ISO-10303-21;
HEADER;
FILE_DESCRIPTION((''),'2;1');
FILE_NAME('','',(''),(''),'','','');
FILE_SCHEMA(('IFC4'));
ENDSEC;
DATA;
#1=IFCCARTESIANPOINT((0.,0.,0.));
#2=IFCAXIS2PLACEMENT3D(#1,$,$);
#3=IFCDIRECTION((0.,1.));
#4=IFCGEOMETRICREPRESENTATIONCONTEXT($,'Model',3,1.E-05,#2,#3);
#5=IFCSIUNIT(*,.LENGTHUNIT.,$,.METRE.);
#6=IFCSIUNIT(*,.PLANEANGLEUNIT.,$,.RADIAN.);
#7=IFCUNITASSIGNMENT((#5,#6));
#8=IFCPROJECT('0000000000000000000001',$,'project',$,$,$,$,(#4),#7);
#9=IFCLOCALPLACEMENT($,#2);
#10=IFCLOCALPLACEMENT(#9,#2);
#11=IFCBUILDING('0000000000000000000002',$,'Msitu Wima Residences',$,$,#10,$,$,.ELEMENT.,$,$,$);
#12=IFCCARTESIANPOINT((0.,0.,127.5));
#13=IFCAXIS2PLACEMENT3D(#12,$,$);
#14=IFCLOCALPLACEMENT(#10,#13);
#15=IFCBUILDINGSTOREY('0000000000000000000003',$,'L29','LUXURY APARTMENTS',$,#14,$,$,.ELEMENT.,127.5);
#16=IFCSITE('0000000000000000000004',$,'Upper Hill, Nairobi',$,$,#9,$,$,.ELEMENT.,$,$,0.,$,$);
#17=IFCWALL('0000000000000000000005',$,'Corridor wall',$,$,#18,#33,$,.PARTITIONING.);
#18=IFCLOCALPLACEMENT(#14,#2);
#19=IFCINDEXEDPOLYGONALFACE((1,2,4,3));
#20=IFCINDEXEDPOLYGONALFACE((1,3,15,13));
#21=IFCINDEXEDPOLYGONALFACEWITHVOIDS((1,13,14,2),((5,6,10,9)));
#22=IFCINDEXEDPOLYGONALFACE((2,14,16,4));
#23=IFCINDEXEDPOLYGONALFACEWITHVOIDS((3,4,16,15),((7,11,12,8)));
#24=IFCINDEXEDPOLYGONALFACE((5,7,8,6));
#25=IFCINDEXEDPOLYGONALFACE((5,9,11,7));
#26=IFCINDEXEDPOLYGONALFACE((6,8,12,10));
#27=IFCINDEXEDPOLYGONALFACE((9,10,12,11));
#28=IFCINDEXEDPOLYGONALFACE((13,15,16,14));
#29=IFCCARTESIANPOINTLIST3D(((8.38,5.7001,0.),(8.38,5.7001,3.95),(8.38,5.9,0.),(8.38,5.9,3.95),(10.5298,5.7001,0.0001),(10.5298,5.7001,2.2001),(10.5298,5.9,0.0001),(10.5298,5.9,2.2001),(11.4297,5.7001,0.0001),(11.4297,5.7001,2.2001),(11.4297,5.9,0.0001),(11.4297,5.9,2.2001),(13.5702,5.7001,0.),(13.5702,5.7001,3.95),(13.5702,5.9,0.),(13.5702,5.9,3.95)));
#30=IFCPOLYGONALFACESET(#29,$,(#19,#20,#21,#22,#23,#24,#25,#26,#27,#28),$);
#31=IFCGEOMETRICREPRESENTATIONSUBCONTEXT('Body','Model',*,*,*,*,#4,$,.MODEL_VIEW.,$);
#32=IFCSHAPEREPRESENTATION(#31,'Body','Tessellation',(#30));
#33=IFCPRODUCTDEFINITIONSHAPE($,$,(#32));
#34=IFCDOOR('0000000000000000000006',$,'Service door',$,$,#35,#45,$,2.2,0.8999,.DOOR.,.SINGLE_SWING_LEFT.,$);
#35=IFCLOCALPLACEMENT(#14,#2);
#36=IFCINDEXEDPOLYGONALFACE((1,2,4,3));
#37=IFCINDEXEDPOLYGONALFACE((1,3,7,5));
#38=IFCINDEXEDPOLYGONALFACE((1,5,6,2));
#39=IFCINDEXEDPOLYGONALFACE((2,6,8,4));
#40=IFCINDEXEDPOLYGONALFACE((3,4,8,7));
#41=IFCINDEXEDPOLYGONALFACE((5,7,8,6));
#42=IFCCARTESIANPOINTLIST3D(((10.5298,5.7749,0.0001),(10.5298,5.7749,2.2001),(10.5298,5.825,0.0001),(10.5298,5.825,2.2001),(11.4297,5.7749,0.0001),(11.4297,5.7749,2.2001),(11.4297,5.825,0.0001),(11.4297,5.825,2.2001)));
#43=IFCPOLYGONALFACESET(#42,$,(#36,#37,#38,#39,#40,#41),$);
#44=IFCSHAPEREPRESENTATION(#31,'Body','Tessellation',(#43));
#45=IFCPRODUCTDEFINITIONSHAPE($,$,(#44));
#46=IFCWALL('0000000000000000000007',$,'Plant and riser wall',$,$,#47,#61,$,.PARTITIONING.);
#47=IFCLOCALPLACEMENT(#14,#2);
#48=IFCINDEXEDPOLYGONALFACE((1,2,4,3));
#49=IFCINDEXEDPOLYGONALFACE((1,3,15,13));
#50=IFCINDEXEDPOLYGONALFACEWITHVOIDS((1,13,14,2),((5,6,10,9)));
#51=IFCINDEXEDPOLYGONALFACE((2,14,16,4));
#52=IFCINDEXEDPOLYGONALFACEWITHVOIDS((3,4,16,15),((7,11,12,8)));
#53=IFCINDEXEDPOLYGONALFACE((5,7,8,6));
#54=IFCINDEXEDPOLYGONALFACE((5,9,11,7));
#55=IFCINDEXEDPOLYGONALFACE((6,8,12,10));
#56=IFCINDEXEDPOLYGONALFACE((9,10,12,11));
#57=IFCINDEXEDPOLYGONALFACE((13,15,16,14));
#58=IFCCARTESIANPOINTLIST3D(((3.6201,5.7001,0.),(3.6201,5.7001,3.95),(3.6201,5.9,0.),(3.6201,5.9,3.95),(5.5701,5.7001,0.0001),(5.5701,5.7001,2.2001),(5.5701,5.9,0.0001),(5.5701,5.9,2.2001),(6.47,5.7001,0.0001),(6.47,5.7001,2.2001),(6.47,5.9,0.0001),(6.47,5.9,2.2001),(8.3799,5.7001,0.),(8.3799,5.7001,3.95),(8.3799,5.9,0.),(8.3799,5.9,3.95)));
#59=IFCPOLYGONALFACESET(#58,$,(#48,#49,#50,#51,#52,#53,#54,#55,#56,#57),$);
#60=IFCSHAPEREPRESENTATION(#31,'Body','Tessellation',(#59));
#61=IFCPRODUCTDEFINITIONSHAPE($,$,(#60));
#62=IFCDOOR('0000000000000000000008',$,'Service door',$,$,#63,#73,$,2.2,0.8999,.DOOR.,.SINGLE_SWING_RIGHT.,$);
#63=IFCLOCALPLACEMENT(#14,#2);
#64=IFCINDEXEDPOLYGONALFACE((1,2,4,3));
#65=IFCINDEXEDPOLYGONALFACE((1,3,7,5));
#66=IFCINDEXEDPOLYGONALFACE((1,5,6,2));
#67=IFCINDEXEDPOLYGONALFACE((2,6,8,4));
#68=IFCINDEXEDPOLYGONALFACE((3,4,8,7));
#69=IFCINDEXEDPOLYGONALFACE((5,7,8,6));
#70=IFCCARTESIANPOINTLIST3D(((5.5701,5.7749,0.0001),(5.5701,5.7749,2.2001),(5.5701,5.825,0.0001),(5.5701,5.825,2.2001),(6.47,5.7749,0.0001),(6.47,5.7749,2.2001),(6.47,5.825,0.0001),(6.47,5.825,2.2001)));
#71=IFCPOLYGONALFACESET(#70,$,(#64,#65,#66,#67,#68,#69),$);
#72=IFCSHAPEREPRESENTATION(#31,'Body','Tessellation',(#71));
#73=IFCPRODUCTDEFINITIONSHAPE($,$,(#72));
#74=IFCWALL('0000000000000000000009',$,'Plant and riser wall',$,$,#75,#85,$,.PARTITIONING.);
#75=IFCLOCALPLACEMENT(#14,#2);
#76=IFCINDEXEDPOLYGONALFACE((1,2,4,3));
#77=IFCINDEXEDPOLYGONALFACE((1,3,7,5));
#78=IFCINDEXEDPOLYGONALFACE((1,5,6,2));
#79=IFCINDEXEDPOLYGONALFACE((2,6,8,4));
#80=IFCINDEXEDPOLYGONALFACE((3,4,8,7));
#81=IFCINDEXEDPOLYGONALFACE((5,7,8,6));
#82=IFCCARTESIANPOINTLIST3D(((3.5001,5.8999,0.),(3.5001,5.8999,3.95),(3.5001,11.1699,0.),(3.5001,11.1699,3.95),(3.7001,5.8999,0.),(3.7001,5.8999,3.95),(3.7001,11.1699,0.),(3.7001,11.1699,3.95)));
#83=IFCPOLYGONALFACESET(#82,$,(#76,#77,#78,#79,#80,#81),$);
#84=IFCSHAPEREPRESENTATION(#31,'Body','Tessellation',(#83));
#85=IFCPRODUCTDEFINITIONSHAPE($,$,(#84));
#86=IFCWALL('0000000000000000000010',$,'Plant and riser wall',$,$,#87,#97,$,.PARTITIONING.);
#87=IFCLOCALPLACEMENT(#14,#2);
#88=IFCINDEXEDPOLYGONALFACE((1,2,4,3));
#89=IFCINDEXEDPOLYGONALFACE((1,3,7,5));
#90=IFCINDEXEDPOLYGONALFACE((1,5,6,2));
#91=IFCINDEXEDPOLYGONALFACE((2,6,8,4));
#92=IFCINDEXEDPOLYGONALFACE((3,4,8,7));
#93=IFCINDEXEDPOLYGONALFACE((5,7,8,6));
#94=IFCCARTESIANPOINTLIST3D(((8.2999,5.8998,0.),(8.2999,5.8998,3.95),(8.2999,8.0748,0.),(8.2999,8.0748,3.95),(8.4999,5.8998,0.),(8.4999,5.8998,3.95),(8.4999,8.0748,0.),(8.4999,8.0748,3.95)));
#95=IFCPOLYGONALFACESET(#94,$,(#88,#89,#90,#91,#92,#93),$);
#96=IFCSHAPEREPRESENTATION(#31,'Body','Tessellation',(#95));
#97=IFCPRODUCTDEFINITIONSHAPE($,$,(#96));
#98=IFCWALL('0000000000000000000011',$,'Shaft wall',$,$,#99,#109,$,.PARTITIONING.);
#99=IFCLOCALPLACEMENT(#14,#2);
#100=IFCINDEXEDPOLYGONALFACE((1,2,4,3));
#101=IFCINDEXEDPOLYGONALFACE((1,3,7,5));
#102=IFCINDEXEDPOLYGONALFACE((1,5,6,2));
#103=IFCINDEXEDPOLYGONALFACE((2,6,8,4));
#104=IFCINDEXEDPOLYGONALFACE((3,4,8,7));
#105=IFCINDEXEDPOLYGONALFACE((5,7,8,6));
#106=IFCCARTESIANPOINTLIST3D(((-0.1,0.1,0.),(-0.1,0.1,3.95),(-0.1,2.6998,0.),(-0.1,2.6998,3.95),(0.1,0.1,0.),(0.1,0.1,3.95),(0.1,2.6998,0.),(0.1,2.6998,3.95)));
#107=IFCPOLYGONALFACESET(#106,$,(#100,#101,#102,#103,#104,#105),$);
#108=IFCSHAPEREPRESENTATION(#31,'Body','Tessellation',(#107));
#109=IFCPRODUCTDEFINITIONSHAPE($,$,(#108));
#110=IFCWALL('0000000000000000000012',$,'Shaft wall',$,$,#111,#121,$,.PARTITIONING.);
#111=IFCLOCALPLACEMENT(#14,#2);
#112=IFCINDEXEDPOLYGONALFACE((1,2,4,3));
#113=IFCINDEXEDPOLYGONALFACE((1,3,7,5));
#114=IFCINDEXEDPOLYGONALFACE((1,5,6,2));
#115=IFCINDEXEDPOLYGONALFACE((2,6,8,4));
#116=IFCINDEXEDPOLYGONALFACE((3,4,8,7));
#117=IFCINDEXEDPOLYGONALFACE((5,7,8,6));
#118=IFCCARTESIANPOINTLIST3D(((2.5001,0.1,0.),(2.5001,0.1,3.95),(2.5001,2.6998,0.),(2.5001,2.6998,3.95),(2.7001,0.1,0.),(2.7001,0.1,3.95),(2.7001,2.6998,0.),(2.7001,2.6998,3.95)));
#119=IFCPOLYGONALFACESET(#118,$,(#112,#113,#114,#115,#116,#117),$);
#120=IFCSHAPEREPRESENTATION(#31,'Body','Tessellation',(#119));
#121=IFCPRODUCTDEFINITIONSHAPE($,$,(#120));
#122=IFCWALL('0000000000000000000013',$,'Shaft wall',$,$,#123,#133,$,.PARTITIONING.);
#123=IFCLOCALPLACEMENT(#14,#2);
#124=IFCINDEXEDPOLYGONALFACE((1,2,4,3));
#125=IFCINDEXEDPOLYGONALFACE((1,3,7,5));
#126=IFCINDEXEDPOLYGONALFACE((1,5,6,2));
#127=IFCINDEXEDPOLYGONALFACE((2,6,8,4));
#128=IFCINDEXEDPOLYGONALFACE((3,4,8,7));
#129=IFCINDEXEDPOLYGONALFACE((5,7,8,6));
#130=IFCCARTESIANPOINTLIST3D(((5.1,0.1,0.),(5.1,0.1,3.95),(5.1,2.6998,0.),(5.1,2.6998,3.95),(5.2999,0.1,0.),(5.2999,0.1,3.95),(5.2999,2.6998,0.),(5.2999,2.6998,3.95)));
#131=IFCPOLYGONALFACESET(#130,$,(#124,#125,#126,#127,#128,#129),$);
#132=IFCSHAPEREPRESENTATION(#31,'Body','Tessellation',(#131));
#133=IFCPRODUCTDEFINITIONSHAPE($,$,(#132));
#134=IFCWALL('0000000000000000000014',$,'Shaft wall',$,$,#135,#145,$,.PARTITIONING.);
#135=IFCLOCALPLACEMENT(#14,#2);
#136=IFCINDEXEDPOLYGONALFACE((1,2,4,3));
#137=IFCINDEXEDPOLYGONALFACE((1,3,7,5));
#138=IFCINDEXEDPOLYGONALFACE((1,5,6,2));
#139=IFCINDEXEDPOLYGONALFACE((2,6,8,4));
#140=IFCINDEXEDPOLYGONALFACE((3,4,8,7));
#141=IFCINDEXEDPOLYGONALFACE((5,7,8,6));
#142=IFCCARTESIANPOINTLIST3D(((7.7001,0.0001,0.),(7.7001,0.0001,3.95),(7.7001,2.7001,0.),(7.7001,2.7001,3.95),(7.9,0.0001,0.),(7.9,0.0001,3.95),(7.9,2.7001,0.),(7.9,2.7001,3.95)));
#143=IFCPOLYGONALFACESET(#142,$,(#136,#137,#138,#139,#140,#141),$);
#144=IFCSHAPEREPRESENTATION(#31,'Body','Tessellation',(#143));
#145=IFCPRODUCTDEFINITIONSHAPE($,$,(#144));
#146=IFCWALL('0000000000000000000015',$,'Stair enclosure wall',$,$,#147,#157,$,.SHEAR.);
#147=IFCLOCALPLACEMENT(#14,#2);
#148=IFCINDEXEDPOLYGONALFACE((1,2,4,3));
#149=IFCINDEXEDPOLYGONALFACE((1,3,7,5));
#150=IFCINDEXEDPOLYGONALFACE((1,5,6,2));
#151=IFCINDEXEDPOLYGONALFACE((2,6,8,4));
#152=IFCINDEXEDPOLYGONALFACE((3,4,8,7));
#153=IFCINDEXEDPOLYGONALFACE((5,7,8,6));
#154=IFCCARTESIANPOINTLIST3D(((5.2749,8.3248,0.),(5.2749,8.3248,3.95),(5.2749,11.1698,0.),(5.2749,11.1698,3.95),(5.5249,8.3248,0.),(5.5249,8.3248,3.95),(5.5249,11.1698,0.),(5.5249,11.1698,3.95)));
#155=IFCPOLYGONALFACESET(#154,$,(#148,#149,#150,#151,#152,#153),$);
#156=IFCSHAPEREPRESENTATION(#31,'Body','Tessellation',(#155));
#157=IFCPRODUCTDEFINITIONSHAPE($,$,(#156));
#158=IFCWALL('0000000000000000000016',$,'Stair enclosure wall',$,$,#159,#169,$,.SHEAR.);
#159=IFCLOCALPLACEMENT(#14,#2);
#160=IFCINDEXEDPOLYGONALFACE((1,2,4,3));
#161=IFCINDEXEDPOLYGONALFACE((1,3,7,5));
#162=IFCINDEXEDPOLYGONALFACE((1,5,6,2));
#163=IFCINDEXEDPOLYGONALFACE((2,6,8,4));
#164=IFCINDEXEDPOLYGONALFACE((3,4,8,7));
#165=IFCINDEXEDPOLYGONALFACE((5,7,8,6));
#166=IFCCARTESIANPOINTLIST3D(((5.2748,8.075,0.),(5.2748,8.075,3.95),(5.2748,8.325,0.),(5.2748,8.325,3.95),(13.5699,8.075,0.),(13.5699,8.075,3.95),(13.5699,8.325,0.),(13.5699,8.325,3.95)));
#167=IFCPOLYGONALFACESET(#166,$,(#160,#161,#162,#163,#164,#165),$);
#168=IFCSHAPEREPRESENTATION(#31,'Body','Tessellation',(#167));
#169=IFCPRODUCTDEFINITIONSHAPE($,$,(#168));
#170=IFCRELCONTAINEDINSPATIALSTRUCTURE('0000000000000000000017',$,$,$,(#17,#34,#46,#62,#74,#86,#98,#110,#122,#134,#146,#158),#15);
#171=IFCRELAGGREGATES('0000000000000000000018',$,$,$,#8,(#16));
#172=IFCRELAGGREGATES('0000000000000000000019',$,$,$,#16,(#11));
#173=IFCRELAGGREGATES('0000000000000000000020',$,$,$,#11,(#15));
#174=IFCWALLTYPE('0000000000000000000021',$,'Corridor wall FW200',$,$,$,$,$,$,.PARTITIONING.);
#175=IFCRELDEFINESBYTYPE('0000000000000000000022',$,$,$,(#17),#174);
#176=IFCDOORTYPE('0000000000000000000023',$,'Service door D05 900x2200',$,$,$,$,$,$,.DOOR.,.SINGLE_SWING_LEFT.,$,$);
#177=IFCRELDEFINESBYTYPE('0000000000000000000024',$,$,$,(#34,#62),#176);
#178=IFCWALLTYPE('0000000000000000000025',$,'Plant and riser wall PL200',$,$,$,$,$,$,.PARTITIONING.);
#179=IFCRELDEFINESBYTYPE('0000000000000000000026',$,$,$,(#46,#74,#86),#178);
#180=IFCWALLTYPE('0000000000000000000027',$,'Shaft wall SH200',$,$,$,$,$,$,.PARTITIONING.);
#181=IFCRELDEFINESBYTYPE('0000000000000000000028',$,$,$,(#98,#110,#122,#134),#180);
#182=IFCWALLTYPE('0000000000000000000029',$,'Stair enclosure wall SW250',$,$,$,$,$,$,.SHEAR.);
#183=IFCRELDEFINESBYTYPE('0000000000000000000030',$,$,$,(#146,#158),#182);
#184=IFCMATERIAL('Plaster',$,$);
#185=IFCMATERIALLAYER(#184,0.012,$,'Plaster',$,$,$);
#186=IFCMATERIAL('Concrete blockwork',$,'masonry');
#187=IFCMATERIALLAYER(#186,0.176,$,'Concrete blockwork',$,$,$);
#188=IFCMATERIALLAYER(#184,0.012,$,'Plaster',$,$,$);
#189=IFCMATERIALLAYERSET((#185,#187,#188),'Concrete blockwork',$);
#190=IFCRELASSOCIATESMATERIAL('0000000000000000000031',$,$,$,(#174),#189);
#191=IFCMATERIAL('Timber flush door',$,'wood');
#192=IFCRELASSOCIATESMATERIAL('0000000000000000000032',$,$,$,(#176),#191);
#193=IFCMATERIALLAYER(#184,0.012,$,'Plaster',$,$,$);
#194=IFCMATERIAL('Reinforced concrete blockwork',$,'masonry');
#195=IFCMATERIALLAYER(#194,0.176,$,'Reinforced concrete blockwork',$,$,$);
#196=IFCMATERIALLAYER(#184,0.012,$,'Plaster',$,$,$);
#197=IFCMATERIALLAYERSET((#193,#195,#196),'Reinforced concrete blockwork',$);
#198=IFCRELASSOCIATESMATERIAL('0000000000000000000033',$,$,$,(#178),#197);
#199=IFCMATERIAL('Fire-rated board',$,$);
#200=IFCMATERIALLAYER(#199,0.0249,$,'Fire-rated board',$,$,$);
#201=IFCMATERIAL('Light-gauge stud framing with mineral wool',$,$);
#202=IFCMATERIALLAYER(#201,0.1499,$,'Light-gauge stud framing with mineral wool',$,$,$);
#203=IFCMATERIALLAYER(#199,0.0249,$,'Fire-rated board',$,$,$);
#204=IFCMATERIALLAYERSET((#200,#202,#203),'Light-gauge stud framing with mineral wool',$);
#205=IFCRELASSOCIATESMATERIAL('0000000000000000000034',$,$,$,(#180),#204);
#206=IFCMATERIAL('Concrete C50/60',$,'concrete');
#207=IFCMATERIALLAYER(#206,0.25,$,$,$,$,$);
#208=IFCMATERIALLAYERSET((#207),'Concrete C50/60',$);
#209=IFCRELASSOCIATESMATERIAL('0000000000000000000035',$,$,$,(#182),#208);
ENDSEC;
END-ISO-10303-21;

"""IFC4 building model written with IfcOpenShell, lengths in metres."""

from ifc_helpers import new_model, si_unit, direction, frame, frame_2d, origin, place, context, subcontext, project, spatial, rectangle, extrude, material, layer, layer_set, type_object, element, fill, save


model = new_model("IFC4")

# Units and contexts
model_context = context("Model", 3, precision=1e-05, world=origin(), true_north=direction((0.0, 1.0)))
body_context = subcontext(model_context, "Body", "Model", "MODEL_VIEW")
ifc_project = project(units=[si_unit("LENGTHUNIT", "METRE"), si_unit("PLANEANGLEUNIT", "RADIAN")], contexts=[model_context])

# Site, building, storey
site_placement = place(None, origin())
site = spatial("IfcSite", under=ifc_project, at=site_placement, Name="Upper Hill, Nairobi", CompositionType="ELEMENT", RefElevation=0.0)
building_placement = place(site_placement, origin())
building = spatial("IfcBuilding", under=site, at=building_placement, Name="Msitu Wima Residences", CompositionType="ELEMENT")
storey_placement = place(building_placement, frame((0.0, 0.0, 127.5)))
storey = spatial("IfcBuildingStorey", under=building, at=storey_placement, Name="L29", Description="LUXURY APARTMENTS", CompositionType="ELEMENT", Elevation=127.5)

# Walls, openings, doors
ifc_material_1 = material(Name="Plaster")
ifc_layer_1 = layer(ifc_material_1, 0.012, Name="Plaster")
ifc_material_2 = material(Name="Concrete blockwork", Category="masonry")
ifc_layer_2 = layer(ifc_material_2, 0.176, Name="Concrete blockwork")
ifc_layer_3 = layer(ifc_material_1, 0.012, Name="Plaster")
ifc_layer_set_1 = layer_set([ifc_layer_1, ifc_layer_2, ifc_layer_3], Name="Concrete blockwork")
wall_type_1 = type_object("IfcWallType", Name="Corridor wall FW200", PredefinedType="PARTITIONING", material=ifc_layer_set_1)
wall_1_placement = place(storey_placement, frame((8.3799, 5.8, 0.0), z_axis=(0.0, 0.0, 1.0), x_axis=(1.0, 0.0, 0.0)))
wall_1 = element("IfcWall", 1, at=wall_1_placement, inside=storey, type_object=wall_type_1, Name="Corridor wall", PredefinedType="PARTITIONING", context=body_context, shape_type="SweptSolid", body=[
    extrude(rectangle(XDim=5.1902, YDim=0.2, at=frame_2d((2.5952, 0.0))), origin(), (0.0, 0.0, 1.0), 3.95),
])
opening_1_placement = place(wall_1_placement, frame((2.1499, 0.0, 0.0)))
opening_1 = element("IfcOpeningElement", 2, at=opening_1_placement, cuts=wall_1, PredefinedType="OPENING", context=body_context, shape_type="SweptSolid", body=[
    extrude(rectangle(XDim=0.8999, YDim=2.2, at=frame_2d((0.45, 1.1001))), frame((0.0, 0.1099, 0.0), z_axis=(0.0, -1.0, 0.0), x_axis=(1.0, 0.0, 0.0)), (0.0, 0.0, 1.0), 0.22),
])
ifc_material_3 = material(Name="Timber flush door", Category="wood")
door_type = type_object("IfcDoorType", Name="Service door D05 900x2200", OperationType="SINGLE_SWING_LEFT", PredefinedType="DOOR", material=ifc_material_3)
door_1_placement = place(opening_1_placement, origin())
door_1 = element("IfcDoor", 3, at=door_1_placement, inside=storey, type_object=door_type, Name="Service door", OperationType="SINGLE_SWING_LEFT", OverallHeight=2.2, OverallWidth=0.8999, PredefinedType="DOOR", context=body_context, shape_type="SweptSolid", body=[
    extrude(rectangle(XDim=0.8999, YDim=2.2, at=frame_2d((0.45, 1.1001))), frame((0.0, 0.0249, 0.0), z_axis=(0.0, -1.0, 0.0), x_axis=(1.0, 0.0, 0.0)), (0.0, 0.0, 1.0), 0.05),
])
fill(opening_1, door_1)
ifc_layer_4 = layer(ifc_material_1, 0.012, Name="Plaster")
ifc_material_4 = material(Name="Reinforced concrete blockwork", Category="masonry")
ifc_layer_5 = layer(ifc_material_4, 0.176, Name="Reinforced concrete blockwork")
ifc_layer_6 = layer(ifc_material_1, 0.012, Name="Plaster")
ifc_layer_set_2 = layer_set([ifc_layer_4, ifc_layer_5, ifc_layer_6], Name="Reinforced concrete blockwork")
wall_type_2 = type_object("IfcWallType", Name="Plant and riser wall PL200", PredefinedType="PARTITIONING", material=ifc_layer_set_2)
wall_2_placement = place(storey_placement, frame((3.6201, 5.8, 0.0), z_axis=(0.0, 0.0, 1.0), x_axis=(1.0, 0.0, 0.0)))
wall_2 = element("IfcWall", 4, at=wall_2_placement, inside=storey, type_object=wall_type_2, Name="Plant and riser wall", PredefinedType="PARTITIONING", context=body_context, shape_type="SweptSolid", body=[
    extrude(rectangle(XDim=4.7598, YDim=0.2, at=frame_2d((2.3799, 0.0))), origin(), (0.0, 0.0, 1.0), 3.95),
])
opening_2_placement = place(wall_2_placement, frame((1.95, 0.0, 0.0)))
opening_2 = element("IfcOpeningElement", 5, at=opening_2_placement, cuts=wall_2, PredefinedType="OPENING", context=body_context, shape_type="SweptSolid", body=[
    extrude(rectangle(XDim=0.8999, YDim=2.2, at=frame_2d((0.45, 1.1001))), frame((0.0, 0.1099, 0.0), z_axis=(0.0, -1.0, 0.0), x_axis=(1.0, 0.0, 0.0)), (0.0, 0.0, 1.0), 0.22),
])
door_2_placement = place(opening_2_placement, origin())
door_2 = element("IfcDoor", 6, at=door_2_placement, inside=storey, type_object=door_type, Name="Service door", OperationType="SINGLE_SWING_RIGHT", OverallHeight=2.2, OverallWidth=0.8999, PredefinedType="DOOR", context=body_context, shape_type="SweptSolid", body=[
    extrude(rectangle(XDim=0.8999, YDim=2.2, at=frame_2d((0.45, 1.1001))), frame((0.0, 0.0249, 0.0), z_axis=(0.0, -1.0, 0.0), x_axis=(1.0, 0.0, 0.0)), (0.0, 0.0, 1.0), 0.05),
])
fill(opening_2, door_2)

# Walls
wall_3_placement = place(storey_placement, frame((3.6001, 5.8999, 0.0), z_axis=(0.0, 0.0, 1.0), x_axis=(0.0, 1.0, 0.0)))
element("IfcWall", 7, at=wall_3_placement, inside=storey, type_object=wall_type_2, Name="Plant and riser wall", PredefinedType="PARTITIONING", context=body_context, shape_type="SweptSolid", body=[
    extrude(rectangle(XDim=5.27, YDim=0.2, at=frame_2d((2.635, 0.0))), origin(), (0.0, 0.0, 1.0), 3.95),
])
wall_4_placement = place(storey_placement, frame((8.3999, 5.8999, 0.0), z_axis=(0.0, 0.0, 1.0), x_axis=(0.0, 1.0, 0.0)))
element("IfcWall", 8, at=wall_4_placement, inside=storey, type_object=wall_type_2, Name="Plant and riser wall", PredefinedType="PARTITIONING", context=body_context, shape_type="SweptSolid", body=[
    extrude(rectangle(XDim=2.175, YDim=0.2, at=frame_2d((1.0874, 0.0))), origin(), (0.0, 0.0, 1.0), 3.95),
])
ifc_material_5 = material(Name="Fire-rated board")
ifc_layer_7 = layer(ifc_material_5, 0.0249, Name="Fire-rated board")
ifc_material_6 = material(Name="Light-gauge stud framing with mineral wool")
ifc_layer_8 = layer(ifc_material_6, 0.1499, Name="Light-gauge stud framing with mineral wool")
ifc_layer_9 = layer(ifc_material_5, 0.0249, Name="Fire-rated board")
ifc_layer_set_3 = layer_set([ifc_layer_7, ifc_layer_8, ifc_layer_9], Name="Light-gauge stud framing with mineral wool")
wall_type_3 = type_object("IfcWallType", Name="Shaft wall SH200", PredefinedType="PARTITIONING", material=ifc_layer_set_3)
for number, where, z_axis, x_axis, name in (
    (9, (0.0, 0.1001, 0.0), (0.0, 0.0, 1.0), (0.0, 1.0, 0.0), "Shaft wall"),
    (10, (2.6001, 0.1001, 0.0), (0.0, 0.0, 1.0), (0.0, 1.0, 0.0), "Shaft wall"),
    (11, (5.2, 0.1001, 0.0), (0.0, 0.0, 1.0), (0.0, 1.0, 0.0), "Shaft wall"),
):
    element("IfcWall", number, at=place(storey_placement, frame(where, z_axis=z_axis, x_axis=x_axis)), inside=storey, type_object=wall_type_3, Name=name, PredefinedType="PARTITIONING", context=body_context, shape_type="SweptSolid", body=[
        extrude(rectangle(XDim=2.5999, YDim=0.2, at=frame_2d((1.2998, 0.0))), origin(), (0.0, 0.0, 1.0), 3.95),
    ])
wall_5_placement = place(storey_placement, frame((7.8, 0.0, 0.0), z_axis=(0.0, 0.0, 1.0), x_axis=(0.0, 1.0, 0.0)))
element("IfcWall", 12, at=wall_5_placement, inside=storey, type_object=wall_type_3, Name="Shaft wall", PredefinedType="PARTITIONING", context=body_context, shape_type="SweptSolid", body=[
    extrude(rectangle(XDim=2.7, YDim=0.2, at=frame_2d((1.3501, 0.0))), origin(), (0.0, 0.0, 1.0), 3.95),
])
ifc_material_7 = material(Name="Concrete C50/60", Category="concrete")
ifc_layer_10 = layer(ifc_material_7, 0.25)
ifc_layer_set_4 = layer_set([ifc_layer_10], Name="Concrete C50/60")
wall_type_4 = type_object("IfcWallType", Name="Stair enclosure wall SW250", PredefinedType="SHEAR", material=ifc_layer_set_4)
wall_6_placement = place(storey_placement, frame((5.3999, 8.325, 0.0), z_axis=(0.0, 0.0, 1.0), x_axis=(0.0, 1.0, 0.0)))
element("IfcWall", 13, at=wall_6_placement, inside=storey, type_object=wall_type_4, Name="Stair enclosure wall", PredefinedType="SHEAR", context=body_context, shape_type="SweptSolid", body=[
    extrude(rectangle(XDim=2.845, YDim=0.25, at=frame_2d((1.4224, 0.0))), origin(), (0.0, 0.0, 1.0), 3.95),
])
wall_7_placement = place(storey_placement, frame((5.2749, 8.2, 0.0), z_axis=(0.0, 0.0, 1.0), x_axis=(1.0, 0.0, 0.0)))
element("IfcWall", 14, at=wall_7_placement, inside=storey, type_object=wall_type_4, Name="Stair enclosure wall", PredefinedType="SHEAR", context=body_context, shape_type="SweptSolid", body=[
    extrude(rectangle(XDim=8.2952, YDim=0.25, at=frame_2d((4.1475, 0.0))), origin(), (0.0, 0.0, 1.0), 3.95),
])

save(model, "model.ifc")
